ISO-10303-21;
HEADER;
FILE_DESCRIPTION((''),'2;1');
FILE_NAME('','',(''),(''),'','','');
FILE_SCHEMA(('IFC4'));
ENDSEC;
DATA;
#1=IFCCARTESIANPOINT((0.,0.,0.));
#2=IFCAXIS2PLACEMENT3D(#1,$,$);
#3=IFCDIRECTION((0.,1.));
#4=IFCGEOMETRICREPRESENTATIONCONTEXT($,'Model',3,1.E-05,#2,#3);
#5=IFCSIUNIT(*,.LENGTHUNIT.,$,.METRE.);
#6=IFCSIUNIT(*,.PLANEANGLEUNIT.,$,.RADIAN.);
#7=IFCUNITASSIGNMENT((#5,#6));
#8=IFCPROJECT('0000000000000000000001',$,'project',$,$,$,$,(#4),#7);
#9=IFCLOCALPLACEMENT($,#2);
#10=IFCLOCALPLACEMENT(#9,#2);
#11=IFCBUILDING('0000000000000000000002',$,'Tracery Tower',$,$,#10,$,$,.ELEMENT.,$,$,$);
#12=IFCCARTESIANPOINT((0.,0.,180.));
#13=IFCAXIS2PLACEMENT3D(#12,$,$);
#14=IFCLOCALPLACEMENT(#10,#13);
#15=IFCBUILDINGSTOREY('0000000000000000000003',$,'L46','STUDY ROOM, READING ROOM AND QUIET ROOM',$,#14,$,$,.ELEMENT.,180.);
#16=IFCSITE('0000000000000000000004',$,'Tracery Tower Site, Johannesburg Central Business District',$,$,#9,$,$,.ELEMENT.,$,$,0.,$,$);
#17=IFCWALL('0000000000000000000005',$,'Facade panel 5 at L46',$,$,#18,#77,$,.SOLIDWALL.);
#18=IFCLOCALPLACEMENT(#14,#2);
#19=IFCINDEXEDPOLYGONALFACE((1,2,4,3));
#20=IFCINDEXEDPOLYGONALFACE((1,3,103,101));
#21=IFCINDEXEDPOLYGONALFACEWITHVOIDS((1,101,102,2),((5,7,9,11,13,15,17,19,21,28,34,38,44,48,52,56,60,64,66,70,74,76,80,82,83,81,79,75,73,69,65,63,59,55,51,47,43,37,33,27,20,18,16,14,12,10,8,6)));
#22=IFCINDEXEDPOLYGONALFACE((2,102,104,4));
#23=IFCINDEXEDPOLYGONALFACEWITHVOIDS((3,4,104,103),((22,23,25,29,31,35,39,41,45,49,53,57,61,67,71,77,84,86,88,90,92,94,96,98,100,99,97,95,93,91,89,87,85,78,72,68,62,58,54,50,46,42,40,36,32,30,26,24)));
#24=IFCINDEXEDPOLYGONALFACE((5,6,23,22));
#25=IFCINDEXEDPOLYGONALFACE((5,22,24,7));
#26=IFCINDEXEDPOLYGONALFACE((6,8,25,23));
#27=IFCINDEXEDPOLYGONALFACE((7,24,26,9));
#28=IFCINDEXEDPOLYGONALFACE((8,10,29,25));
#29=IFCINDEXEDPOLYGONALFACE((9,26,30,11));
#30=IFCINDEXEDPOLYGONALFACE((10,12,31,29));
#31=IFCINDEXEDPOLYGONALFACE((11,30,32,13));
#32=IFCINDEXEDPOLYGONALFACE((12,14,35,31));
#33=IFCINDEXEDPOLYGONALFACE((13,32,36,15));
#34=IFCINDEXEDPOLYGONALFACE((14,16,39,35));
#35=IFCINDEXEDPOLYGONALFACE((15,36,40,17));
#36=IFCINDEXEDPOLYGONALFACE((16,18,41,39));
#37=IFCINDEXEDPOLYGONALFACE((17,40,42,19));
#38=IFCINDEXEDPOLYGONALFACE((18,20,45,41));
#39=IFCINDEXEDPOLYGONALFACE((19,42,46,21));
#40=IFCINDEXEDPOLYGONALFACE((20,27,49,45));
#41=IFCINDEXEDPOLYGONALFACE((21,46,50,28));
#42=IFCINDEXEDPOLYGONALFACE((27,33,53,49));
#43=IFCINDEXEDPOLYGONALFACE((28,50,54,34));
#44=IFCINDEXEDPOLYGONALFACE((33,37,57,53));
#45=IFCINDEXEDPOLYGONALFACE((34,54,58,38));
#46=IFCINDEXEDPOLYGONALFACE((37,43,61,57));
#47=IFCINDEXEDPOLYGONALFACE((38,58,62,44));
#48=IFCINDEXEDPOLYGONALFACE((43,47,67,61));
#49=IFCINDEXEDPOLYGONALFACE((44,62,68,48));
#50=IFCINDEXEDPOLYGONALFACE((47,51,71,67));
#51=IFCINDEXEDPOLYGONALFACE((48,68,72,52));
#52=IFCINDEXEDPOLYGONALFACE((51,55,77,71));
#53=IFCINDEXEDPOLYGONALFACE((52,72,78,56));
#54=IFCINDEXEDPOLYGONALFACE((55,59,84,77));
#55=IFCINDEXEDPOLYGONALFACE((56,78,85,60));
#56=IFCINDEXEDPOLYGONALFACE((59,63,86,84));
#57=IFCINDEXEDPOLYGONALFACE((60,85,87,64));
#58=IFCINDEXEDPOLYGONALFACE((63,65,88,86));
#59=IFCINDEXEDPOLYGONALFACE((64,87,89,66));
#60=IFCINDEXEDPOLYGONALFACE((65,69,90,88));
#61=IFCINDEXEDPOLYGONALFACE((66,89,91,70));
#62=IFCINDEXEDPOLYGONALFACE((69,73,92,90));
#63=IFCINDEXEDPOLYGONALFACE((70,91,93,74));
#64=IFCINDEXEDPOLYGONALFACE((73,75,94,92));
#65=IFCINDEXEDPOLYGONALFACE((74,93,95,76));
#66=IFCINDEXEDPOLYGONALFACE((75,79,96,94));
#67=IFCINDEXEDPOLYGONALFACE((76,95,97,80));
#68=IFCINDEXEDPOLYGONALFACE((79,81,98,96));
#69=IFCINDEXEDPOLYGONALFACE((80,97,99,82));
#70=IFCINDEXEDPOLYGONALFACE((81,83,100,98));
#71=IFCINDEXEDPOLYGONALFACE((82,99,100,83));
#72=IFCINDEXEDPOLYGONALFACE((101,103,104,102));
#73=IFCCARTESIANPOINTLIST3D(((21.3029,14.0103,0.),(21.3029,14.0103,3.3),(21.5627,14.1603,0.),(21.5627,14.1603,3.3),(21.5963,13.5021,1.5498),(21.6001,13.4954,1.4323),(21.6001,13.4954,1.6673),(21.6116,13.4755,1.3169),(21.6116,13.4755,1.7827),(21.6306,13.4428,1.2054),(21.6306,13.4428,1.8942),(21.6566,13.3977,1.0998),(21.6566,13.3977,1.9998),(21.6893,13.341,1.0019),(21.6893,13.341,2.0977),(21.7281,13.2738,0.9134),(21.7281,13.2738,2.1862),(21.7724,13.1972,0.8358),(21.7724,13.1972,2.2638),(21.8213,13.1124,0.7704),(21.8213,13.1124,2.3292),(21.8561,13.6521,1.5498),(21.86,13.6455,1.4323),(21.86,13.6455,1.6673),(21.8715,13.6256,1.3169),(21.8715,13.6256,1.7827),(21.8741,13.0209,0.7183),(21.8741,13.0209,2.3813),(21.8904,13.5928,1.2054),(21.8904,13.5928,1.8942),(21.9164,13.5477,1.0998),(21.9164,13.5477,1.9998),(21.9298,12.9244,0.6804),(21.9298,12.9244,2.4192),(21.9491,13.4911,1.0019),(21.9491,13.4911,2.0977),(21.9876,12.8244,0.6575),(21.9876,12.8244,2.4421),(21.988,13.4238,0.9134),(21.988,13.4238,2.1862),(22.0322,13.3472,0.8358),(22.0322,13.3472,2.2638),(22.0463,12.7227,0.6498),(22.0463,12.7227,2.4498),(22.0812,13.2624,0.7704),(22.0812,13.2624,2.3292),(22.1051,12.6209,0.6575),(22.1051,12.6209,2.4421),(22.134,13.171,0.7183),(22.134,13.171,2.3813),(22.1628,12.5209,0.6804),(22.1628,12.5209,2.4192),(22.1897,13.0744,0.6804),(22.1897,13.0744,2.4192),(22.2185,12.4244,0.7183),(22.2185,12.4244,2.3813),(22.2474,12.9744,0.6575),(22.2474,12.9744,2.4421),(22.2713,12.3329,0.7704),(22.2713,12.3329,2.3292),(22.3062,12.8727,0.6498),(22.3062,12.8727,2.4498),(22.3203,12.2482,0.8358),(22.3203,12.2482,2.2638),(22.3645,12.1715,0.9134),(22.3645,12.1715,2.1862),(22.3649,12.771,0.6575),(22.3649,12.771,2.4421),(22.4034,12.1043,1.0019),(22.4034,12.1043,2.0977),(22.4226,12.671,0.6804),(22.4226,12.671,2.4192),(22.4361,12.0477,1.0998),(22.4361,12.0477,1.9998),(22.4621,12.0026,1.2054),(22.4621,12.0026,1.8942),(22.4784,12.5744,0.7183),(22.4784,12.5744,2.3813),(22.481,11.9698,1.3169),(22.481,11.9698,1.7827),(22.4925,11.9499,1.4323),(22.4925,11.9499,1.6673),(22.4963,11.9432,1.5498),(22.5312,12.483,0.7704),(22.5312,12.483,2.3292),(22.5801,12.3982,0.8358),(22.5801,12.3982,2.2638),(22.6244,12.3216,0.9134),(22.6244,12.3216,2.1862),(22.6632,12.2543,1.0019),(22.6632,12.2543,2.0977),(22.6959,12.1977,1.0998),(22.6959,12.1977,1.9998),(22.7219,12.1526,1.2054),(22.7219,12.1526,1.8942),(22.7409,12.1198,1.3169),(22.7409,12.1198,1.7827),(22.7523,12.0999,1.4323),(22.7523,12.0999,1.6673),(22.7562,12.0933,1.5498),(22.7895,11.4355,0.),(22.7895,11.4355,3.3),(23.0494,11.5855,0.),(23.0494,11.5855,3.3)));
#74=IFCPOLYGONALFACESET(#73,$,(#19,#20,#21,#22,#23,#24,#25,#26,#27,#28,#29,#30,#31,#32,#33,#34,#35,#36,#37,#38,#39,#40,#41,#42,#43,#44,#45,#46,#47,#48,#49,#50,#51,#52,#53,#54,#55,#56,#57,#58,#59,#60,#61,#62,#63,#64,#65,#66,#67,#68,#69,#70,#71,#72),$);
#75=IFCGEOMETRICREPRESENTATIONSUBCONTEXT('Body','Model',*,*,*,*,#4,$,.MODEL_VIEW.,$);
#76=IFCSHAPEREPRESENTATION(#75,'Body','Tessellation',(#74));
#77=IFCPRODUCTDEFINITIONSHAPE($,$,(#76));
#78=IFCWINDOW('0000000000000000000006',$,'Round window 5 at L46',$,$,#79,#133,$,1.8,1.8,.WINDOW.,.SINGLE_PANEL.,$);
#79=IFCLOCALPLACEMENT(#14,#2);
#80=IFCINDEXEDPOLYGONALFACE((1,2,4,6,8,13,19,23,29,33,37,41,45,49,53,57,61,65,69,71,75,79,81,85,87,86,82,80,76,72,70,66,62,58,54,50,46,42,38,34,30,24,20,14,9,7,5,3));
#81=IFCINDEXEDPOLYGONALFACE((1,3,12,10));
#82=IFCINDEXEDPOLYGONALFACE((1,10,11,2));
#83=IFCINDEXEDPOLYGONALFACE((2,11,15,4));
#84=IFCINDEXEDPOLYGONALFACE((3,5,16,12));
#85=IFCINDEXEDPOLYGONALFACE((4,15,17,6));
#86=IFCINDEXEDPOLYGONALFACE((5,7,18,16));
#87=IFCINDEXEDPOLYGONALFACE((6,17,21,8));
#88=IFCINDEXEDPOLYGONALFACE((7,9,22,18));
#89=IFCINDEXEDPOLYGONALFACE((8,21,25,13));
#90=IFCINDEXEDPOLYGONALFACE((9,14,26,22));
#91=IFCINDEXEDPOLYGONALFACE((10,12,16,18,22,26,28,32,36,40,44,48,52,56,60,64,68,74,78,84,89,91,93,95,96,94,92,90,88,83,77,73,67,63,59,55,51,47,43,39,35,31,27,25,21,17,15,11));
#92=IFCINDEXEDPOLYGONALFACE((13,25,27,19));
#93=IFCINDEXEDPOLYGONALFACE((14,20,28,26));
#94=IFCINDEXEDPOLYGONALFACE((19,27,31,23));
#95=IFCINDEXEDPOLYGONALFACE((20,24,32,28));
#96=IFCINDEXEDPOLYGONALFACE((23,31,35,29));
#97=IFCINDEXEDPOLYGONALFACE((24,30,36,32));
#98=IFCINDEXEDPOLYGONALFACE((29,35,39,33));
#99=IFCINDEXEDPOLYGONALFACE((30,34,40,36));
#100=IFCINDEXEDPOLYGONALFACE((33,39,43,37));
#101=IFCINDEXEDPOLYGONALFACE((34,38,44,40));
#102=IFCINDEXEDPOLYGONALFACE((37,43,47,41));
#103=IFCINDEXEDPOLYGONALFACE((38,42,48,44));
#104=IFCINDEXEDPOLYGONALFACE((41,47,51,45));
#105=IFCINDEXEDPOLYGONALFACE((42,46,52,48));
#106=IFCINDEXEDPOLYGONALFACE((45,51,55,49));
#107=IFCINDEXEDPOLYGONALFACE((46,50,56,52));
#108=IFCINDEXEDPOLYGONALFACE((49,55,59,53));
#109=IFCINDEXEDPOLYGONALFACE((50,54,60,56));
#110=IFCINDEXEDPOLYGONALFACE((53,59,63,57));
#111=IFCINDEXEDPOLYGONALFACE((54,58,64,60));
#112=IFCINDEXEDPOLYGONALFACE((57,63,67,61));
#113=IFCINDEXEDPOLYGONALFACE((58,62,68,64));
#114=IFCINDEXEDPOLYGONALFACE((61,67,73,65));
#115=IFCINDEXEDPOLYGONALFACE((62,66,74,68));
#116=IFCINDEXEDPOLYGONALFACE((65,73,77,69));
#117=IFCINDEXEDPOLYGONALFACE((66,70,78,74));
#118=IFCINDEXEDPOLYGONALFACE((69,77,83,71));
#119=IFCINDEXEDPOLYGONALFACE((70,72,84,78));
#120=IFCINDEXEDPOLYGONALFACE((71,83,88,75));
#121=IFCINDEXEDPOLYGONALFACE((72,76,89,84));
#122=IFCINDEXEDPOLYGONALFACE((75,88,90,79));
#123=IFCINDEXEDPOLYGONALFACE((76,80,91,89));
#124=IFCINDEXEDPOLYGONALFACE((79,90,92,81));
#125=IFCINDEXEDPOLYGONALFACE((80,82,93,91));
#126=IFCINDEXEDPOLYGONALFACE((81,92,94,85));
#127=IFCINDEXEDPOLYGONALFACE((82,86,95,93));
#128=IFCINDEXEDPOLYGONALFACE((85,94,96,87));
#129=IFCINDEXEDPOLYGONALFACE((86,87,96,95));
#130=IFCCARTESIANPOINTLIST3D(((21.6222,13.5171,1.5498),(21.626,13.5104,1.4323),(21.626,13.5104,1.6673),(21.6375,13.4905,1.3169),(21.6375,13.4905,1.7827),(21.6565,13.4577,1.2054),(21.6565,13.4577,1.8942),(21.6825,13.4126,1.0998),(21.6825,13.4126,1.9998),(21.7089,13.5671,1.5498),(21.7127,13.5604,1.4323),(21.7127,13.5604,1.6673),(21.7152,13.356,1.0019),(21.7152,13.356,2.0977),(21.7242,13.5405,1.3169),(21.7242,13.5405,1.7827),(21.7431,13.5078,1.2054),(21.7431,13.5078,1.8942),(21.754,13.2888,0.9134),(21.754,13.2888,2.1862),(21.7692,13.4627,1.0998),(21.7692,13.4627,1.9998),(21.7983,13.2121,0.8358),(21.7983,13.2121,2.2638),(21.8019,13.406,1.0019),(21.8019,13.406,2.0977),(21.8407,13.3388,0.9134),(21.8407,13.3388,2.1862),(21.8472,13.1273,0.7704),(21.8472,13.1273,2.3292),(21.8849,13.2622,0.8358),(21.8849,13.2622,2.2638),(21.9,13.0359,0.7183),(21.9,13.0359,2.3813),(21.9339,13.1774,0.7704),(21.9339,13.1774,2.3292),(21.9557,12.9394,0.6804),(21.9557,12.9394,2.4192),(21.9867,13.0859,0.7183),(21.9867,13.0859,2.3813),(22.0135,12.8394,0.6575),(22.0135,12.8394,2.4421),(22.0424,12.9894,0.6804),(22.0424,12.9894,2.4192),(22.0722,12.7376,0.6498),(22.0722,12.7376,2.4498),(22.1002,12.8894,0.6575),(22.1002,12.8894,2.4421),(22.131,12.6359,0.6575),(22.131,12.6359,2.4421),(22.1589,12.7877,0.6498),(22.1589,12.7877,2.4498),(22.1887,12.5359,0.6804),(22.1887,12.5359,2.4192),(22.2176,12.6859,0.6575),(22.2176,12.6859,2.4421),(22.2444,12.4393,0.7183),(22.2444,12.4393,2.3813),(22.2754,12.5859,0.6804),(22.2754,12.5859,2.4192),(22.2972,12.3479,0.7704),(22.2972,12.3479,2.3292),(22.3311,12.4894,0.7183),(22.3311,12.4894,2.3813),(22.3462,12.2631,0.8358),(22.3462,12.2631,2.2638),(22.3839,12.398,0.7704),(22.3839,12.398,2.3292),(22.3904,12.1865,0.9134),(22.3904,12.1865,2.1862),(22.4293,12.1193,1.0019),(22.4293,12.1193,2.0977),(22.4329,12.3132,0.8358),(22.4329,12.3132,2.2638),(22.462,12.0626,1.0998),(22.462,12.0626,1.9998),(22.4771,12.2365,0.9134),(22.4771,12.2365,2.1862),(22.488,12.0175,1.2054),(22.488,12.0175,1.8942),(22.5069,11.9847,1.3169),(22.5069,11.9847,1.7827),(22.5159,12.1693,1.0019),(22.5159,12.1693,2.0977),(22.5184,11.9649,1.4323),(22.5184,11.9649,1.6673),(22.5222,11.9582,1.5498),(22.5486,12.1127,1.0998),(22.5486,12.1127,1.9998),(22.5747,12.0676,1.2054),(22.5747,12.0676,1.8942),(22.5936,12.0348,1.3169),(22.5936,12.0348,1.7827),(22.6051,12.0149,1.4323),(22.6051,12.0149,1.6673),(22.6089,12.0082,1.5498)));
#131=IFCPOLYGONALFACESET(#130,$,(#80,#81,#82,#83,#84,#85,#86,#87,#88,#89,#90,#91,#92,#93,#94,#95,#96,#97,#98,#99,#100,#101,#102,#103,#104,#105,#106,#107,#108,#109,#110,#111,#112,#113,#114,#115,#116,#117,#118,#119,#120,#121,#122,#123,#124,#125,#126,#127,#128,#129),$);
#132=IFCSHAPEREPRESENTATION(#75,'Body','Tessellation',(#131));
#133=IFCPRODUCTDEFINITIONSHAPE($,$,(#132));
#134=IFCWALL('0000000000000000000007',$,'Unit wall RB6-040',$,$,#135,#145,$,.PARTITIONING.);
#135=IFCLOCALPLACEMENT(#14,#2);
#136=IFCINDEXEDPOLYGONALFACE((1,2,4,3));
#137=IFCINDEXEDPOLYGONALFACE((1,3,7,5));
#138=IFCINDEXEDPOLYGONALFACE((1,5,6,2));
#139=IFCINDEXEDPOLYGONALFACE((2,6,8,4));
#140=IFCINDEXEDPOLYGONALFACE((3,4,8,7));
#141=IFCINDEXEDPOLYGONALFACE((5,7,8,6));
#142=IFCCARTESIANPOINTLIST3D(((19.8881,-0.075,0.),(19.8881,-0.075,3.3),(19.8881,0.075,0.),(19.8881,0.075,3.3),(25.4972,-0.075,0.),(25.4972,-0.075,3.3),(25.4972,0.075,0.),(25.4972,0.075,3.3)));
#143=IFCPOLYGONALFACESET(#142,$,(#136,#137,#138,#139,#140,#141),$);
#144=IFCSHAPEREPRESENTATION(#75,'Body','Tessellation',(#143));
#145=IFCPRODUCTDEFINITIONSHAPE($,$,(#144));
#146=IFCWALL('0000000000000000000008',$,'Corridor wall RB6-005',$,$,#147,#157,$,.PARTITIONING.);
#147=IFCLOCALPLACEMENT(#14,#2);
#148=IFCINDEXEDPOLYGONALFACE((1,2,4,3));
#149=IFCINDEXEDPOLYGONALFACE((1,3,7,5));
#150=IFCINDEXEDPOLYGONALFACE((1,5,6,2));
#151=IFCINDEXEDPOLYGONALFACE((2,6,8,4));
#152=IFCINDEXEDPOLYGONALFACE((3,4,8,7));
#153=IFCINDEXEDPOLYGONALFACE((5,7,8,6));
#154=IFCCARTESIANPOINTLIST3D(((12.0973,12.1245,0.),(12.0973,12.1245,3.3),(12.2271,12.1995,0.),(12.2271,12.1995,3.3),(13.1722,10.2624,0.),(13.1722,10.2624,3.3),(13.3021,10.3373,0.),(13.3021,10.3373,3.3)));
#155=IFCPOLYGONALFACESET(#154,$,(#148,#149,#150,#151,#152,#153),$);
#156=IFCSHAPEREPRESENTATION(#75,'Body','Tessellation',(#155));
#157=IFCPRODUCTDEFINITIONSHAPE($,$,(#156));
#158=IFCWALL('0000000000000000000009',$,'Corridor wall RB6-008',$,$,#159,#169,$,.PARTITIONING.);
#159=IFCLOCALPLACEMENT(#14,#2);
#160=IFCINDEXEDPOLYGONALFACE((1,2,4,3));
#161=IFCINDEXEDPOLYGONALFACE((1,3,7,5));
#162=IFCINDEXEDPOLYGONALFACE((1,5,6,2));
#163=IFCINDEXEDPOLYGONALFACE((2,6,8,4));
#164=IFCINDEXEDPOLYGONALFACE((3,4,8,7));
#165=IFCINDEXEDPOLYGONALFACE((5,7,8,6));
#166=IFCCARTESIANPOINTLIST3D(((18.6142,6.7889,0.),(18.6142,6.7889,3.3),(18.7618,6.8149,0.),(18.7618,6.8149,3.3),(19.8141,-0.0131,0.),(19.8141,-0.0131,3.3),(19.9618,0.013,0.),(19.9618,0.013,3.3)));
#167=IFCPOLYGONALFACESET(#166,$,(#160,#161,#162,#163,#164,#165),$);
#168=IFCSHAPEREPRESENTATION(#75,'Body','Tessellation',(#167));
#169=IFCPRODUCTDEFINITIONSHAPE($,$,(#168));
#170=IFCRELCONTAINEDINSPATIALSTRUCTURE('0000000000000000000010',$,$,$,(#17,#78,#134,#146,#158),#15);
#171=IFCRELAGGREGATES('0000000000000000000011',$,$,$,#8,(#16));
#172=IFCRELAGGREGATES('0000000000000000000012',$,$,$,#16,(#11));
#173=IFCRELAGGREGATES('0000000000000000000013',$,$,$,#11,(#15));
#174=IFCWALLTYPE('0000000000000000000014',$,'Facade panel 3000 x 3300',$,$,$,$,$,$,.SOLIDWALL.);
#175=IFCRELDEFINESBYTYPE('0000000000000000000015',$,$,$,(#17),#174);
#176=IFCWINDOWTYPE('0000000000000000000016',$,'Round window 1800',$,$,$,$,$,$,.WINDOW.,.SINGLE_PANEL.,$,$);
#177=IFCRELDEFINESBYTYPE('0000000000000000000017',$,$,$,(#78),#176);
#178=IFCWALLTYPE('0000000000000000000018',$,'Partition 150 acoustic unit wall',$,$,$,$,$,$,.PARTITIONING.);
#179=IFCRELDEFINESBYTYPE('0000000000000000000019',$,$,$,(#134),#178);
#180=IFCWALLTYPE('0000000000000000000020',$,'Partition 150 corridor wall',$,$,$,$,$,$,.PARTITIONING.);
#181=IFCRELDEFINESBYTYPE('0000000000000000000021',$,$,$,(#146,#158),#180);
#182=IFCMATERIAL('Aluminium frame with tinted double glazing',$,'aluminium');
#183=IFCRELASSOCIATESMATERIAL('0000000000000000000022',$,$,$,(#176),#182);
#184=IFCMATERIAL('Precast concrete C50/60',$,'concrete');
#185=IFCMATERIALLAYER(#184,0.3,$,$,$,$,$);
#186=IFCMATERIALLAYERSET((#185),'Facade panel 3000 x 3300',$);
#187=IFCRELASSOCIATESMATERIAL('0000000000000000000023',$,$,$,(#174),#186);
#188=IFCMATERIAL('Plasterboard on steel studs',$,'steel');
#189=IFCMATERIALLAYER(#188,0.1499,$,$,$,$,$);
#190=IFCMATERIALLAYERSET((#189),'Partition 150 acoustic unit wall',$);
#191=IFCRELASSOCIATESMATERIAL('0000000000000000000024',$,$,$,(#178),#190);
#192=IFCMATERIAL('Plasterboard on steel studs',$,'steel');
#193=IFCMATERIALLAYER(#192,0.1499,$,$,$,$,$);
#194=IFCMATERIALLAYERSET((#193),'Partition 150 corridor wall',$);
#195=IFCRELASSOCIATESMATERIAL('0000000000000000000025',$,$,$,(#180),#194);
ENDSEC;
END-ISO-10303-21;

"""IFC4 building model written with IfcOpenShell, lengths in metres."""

from ifc_helpers import new_model, si_unit, direction, frame, frame_2d, origin, origin_2d, place, context, subcontext, project, spatial, rectangle, circle, extrude, material, layer, layer_set, type_object, element, fill, save


model = new_model("IFC4")

# Units and contexts
model_context = context("Model", 3, precision=1e-05, world=origin(), true_north=direction((0.0, 1.0)))
body_context = subcontext(model_context, "Body", "Model", "MODEL_VIEW")
ifc_project = project(units=[si_unit("LENGTHUNIT", "METRE"), si_unit("PLANEANGLEUNIT", "RADIAN")], contexts=[model_context])

# Site, building, storey
site_placement = place(None, origin())
site = spatial("IfcSite", under=ifc_project, at=site_placement, Name="Tracery Tower Site, Johannesburg Central Business District", CompositionType="ELEMENT", RefElevation=0.0)
building_placement = place(site_placement, origin())
building = spatial("IfcBuilding", under=site, at=building_placement, Name="Tracery Tower", CompositionType="ELEMENT")
storey_placement = place(building_placement, frame((0.0, 0.0, 180.0)))
storey = spatial("IfcBuildingStorey", under=building, at=storey_placement, Name="L46", Description="STUDY ROOM, READING ROOM AND QUIET ROOM", CompositionType="ELEMENT", Elevation=180.0)

# Wall, opening, window
ifc_material_1 = material(Name="Aluminium frame with tinted double glazing", Category="aluminium")
window_type = type_object("IfcWindowType", Name="Round window 1800", PartitioningType="SINGLE_PANEL", PredefinedType="WINDOW", material=ifc_material_1)
ifc_material_2 = material(Name="Precast concrete C50/60", Category="concrete")
ifc_layer_1 = layer(ifc_material_2, 0.3)
ifc_layer_set_1 = layer_set([ifc_layer_1], Name="Facade panel 3000 x 3300")
wall_type_1 = type_object("IfcWallType", Name="Facade panel 3000 x 3300", PredefinedType="SOLIDWALL", material=ifc_layer_set_1)
wall_1_placement = place(storey_placement, frame((22.9194, 11.5105, 0.0), z_axis=(0.0, 0.0, 1.0), x_axis=(-0.500016, 0.866016, 0.0)))
wall_1 = element("IfcWall", 1, at=wall_1_placement, inside=storey, type_object=wall_type_1, Name="Facade panel 5 at L46", PredefinedType="SOLIDWALL", context=body_context, shape_type="SweptSolid", body=[
    extrude(rectangle(XDim=2.9731, YDim=0.3, at=frame_2d((1.4866, 0.0))), origin(), (0.0, 0.0, 1.0), 3.3),
])
opening_1_placement = place(wall_1_placement, frame((1.4863, 0.0, 1.5498)))
opening_1 = element("IfcOpeningElement", 2, at=opening_1_placement, cuts=wall_1, PredefinedType="OPENING", context=body_context, shape_type="SweptSolid", body=[
    extrude(circle(Radius=0.9, at=origin_2d()), frame((0.0, 0.1599, 0.0), z_axis=(0.0, -1.0, 0.0), x_axis=(1.0, 0.0, 0.0)), (0.0, 0.0, 1.0), 0.3201),
])
window_1_placement = place(opening_1_placement, origin())
window_1 = element("IfcWindow", 3, at=window_1_placement, inside=storey, type_object=window_type, Name="Round window 5 at L46", OverallHeight=1.8, OverallWidth=1.8, PartitioningType="SINGLE_PANEL", PredefinedType="WINDOW", context=body_context, shape_type="SweptSolid", body=[
    extrude(circle(Radius=0.9, at=origin_2d()), frame((0.0, 0.1201, 0.0), z_axis=(0.0, -1.0, 0.0), x_axis=(1.0, 0.0, 0.0)), (0.0, 0.0, 1.0), 0.1001),
])
fill(opening_1, window_1)

# Walls
ifc_material_3 = material(Name="Plasterboard on steel studs", Category="steel")
ifc_layer_2 = layer(ifc_material_3, 0.1499)
ifc_layer_set_2 = layer_set([ifc_layer_2], Name="Partition 150 acoustic unit wall")
wall_type_2 = type_object("IfcWallType", Name="Partition 150 acoustic unit wall", PredefinedType="PARTITIONING", material=ifc_layer_set_2)
wall_2_placement = place(storey_placement, frame((19.8879, 0.0, 0.0), z_axis=(0.0, 0.0, 1.0), x_axis=(1.0, 0.0, 0.0)))
element("IfcWall", 4, at=wall_2_placement, inside=storey, type_object=wall_type_2, Name="Unit wall RB6-040", PredefinedType="PARTITIONING", context=body_context, shape_type="SweptSolid", body=[
    extrude(rectangle(XDim=5.6091, YDim=0.1499, at=frame_2d((2.8047, 0.0))), origin(), (0.0, 0.0, 1.0), 3.3),
])
ifc_material_4 = material(Name="Plasterboard on steel studs", Category="steel")
ifc_layer_3 = layer(ifc_material_4, 0.1499)
ifc_layer_set_3 = layer_set([ifc_layer_3], Name="Partition 150 corridor wall")
wall_type_3 = type_object("IfcWallType", Name="Partition 150 corridor wall", PredefinedType="PARTITIONING", material=ifc_layer_set_3)
wall_3_placement = place(storey_placement, frame((12.1621, 12.1621, 0.0), z_axis=(0.0, 0.0, 1.0), x_axis=(0.499962, -0.866048, 0.0)))
element("IfcWall", 5, at=wall_3_placement, inside=storey, type_object=wall_type_3, Name="Corridor wall RB6-005", PredefinedType="PARTITIONING", context=body_context, shape_type="SweptSolid", body=[
    extrude(rectangle(XDim=2.1501, YDim=0.1499, at=frame_2d((1.0752, 0.0))), origin(), (0.0, 0.0, 1.0), 3.3),
])
wall_4_placement = place(storey_placement, frame((18.688, 6.802, 0.0), z_axis=(0.0, 0.0, 1.0), x_axis=(0.173729, -0.984794, 0.0)))
element("IfcWall", 6, at=wall_4_placement, inside=storey, type_object=wall_type_3, Name="Corridor wall RB6-008", PredefinedType="PARTITIONING", context=body_context, shape_type="SweptSolid", body=[
    extrude(rectangle(XDim=6.907, YDim=0.1499, at=frame_2d((3.4536, 0.0))), origin(), (0.0, 0.0, 1.0), 3.3),
])

save(model, "model.ifc")
